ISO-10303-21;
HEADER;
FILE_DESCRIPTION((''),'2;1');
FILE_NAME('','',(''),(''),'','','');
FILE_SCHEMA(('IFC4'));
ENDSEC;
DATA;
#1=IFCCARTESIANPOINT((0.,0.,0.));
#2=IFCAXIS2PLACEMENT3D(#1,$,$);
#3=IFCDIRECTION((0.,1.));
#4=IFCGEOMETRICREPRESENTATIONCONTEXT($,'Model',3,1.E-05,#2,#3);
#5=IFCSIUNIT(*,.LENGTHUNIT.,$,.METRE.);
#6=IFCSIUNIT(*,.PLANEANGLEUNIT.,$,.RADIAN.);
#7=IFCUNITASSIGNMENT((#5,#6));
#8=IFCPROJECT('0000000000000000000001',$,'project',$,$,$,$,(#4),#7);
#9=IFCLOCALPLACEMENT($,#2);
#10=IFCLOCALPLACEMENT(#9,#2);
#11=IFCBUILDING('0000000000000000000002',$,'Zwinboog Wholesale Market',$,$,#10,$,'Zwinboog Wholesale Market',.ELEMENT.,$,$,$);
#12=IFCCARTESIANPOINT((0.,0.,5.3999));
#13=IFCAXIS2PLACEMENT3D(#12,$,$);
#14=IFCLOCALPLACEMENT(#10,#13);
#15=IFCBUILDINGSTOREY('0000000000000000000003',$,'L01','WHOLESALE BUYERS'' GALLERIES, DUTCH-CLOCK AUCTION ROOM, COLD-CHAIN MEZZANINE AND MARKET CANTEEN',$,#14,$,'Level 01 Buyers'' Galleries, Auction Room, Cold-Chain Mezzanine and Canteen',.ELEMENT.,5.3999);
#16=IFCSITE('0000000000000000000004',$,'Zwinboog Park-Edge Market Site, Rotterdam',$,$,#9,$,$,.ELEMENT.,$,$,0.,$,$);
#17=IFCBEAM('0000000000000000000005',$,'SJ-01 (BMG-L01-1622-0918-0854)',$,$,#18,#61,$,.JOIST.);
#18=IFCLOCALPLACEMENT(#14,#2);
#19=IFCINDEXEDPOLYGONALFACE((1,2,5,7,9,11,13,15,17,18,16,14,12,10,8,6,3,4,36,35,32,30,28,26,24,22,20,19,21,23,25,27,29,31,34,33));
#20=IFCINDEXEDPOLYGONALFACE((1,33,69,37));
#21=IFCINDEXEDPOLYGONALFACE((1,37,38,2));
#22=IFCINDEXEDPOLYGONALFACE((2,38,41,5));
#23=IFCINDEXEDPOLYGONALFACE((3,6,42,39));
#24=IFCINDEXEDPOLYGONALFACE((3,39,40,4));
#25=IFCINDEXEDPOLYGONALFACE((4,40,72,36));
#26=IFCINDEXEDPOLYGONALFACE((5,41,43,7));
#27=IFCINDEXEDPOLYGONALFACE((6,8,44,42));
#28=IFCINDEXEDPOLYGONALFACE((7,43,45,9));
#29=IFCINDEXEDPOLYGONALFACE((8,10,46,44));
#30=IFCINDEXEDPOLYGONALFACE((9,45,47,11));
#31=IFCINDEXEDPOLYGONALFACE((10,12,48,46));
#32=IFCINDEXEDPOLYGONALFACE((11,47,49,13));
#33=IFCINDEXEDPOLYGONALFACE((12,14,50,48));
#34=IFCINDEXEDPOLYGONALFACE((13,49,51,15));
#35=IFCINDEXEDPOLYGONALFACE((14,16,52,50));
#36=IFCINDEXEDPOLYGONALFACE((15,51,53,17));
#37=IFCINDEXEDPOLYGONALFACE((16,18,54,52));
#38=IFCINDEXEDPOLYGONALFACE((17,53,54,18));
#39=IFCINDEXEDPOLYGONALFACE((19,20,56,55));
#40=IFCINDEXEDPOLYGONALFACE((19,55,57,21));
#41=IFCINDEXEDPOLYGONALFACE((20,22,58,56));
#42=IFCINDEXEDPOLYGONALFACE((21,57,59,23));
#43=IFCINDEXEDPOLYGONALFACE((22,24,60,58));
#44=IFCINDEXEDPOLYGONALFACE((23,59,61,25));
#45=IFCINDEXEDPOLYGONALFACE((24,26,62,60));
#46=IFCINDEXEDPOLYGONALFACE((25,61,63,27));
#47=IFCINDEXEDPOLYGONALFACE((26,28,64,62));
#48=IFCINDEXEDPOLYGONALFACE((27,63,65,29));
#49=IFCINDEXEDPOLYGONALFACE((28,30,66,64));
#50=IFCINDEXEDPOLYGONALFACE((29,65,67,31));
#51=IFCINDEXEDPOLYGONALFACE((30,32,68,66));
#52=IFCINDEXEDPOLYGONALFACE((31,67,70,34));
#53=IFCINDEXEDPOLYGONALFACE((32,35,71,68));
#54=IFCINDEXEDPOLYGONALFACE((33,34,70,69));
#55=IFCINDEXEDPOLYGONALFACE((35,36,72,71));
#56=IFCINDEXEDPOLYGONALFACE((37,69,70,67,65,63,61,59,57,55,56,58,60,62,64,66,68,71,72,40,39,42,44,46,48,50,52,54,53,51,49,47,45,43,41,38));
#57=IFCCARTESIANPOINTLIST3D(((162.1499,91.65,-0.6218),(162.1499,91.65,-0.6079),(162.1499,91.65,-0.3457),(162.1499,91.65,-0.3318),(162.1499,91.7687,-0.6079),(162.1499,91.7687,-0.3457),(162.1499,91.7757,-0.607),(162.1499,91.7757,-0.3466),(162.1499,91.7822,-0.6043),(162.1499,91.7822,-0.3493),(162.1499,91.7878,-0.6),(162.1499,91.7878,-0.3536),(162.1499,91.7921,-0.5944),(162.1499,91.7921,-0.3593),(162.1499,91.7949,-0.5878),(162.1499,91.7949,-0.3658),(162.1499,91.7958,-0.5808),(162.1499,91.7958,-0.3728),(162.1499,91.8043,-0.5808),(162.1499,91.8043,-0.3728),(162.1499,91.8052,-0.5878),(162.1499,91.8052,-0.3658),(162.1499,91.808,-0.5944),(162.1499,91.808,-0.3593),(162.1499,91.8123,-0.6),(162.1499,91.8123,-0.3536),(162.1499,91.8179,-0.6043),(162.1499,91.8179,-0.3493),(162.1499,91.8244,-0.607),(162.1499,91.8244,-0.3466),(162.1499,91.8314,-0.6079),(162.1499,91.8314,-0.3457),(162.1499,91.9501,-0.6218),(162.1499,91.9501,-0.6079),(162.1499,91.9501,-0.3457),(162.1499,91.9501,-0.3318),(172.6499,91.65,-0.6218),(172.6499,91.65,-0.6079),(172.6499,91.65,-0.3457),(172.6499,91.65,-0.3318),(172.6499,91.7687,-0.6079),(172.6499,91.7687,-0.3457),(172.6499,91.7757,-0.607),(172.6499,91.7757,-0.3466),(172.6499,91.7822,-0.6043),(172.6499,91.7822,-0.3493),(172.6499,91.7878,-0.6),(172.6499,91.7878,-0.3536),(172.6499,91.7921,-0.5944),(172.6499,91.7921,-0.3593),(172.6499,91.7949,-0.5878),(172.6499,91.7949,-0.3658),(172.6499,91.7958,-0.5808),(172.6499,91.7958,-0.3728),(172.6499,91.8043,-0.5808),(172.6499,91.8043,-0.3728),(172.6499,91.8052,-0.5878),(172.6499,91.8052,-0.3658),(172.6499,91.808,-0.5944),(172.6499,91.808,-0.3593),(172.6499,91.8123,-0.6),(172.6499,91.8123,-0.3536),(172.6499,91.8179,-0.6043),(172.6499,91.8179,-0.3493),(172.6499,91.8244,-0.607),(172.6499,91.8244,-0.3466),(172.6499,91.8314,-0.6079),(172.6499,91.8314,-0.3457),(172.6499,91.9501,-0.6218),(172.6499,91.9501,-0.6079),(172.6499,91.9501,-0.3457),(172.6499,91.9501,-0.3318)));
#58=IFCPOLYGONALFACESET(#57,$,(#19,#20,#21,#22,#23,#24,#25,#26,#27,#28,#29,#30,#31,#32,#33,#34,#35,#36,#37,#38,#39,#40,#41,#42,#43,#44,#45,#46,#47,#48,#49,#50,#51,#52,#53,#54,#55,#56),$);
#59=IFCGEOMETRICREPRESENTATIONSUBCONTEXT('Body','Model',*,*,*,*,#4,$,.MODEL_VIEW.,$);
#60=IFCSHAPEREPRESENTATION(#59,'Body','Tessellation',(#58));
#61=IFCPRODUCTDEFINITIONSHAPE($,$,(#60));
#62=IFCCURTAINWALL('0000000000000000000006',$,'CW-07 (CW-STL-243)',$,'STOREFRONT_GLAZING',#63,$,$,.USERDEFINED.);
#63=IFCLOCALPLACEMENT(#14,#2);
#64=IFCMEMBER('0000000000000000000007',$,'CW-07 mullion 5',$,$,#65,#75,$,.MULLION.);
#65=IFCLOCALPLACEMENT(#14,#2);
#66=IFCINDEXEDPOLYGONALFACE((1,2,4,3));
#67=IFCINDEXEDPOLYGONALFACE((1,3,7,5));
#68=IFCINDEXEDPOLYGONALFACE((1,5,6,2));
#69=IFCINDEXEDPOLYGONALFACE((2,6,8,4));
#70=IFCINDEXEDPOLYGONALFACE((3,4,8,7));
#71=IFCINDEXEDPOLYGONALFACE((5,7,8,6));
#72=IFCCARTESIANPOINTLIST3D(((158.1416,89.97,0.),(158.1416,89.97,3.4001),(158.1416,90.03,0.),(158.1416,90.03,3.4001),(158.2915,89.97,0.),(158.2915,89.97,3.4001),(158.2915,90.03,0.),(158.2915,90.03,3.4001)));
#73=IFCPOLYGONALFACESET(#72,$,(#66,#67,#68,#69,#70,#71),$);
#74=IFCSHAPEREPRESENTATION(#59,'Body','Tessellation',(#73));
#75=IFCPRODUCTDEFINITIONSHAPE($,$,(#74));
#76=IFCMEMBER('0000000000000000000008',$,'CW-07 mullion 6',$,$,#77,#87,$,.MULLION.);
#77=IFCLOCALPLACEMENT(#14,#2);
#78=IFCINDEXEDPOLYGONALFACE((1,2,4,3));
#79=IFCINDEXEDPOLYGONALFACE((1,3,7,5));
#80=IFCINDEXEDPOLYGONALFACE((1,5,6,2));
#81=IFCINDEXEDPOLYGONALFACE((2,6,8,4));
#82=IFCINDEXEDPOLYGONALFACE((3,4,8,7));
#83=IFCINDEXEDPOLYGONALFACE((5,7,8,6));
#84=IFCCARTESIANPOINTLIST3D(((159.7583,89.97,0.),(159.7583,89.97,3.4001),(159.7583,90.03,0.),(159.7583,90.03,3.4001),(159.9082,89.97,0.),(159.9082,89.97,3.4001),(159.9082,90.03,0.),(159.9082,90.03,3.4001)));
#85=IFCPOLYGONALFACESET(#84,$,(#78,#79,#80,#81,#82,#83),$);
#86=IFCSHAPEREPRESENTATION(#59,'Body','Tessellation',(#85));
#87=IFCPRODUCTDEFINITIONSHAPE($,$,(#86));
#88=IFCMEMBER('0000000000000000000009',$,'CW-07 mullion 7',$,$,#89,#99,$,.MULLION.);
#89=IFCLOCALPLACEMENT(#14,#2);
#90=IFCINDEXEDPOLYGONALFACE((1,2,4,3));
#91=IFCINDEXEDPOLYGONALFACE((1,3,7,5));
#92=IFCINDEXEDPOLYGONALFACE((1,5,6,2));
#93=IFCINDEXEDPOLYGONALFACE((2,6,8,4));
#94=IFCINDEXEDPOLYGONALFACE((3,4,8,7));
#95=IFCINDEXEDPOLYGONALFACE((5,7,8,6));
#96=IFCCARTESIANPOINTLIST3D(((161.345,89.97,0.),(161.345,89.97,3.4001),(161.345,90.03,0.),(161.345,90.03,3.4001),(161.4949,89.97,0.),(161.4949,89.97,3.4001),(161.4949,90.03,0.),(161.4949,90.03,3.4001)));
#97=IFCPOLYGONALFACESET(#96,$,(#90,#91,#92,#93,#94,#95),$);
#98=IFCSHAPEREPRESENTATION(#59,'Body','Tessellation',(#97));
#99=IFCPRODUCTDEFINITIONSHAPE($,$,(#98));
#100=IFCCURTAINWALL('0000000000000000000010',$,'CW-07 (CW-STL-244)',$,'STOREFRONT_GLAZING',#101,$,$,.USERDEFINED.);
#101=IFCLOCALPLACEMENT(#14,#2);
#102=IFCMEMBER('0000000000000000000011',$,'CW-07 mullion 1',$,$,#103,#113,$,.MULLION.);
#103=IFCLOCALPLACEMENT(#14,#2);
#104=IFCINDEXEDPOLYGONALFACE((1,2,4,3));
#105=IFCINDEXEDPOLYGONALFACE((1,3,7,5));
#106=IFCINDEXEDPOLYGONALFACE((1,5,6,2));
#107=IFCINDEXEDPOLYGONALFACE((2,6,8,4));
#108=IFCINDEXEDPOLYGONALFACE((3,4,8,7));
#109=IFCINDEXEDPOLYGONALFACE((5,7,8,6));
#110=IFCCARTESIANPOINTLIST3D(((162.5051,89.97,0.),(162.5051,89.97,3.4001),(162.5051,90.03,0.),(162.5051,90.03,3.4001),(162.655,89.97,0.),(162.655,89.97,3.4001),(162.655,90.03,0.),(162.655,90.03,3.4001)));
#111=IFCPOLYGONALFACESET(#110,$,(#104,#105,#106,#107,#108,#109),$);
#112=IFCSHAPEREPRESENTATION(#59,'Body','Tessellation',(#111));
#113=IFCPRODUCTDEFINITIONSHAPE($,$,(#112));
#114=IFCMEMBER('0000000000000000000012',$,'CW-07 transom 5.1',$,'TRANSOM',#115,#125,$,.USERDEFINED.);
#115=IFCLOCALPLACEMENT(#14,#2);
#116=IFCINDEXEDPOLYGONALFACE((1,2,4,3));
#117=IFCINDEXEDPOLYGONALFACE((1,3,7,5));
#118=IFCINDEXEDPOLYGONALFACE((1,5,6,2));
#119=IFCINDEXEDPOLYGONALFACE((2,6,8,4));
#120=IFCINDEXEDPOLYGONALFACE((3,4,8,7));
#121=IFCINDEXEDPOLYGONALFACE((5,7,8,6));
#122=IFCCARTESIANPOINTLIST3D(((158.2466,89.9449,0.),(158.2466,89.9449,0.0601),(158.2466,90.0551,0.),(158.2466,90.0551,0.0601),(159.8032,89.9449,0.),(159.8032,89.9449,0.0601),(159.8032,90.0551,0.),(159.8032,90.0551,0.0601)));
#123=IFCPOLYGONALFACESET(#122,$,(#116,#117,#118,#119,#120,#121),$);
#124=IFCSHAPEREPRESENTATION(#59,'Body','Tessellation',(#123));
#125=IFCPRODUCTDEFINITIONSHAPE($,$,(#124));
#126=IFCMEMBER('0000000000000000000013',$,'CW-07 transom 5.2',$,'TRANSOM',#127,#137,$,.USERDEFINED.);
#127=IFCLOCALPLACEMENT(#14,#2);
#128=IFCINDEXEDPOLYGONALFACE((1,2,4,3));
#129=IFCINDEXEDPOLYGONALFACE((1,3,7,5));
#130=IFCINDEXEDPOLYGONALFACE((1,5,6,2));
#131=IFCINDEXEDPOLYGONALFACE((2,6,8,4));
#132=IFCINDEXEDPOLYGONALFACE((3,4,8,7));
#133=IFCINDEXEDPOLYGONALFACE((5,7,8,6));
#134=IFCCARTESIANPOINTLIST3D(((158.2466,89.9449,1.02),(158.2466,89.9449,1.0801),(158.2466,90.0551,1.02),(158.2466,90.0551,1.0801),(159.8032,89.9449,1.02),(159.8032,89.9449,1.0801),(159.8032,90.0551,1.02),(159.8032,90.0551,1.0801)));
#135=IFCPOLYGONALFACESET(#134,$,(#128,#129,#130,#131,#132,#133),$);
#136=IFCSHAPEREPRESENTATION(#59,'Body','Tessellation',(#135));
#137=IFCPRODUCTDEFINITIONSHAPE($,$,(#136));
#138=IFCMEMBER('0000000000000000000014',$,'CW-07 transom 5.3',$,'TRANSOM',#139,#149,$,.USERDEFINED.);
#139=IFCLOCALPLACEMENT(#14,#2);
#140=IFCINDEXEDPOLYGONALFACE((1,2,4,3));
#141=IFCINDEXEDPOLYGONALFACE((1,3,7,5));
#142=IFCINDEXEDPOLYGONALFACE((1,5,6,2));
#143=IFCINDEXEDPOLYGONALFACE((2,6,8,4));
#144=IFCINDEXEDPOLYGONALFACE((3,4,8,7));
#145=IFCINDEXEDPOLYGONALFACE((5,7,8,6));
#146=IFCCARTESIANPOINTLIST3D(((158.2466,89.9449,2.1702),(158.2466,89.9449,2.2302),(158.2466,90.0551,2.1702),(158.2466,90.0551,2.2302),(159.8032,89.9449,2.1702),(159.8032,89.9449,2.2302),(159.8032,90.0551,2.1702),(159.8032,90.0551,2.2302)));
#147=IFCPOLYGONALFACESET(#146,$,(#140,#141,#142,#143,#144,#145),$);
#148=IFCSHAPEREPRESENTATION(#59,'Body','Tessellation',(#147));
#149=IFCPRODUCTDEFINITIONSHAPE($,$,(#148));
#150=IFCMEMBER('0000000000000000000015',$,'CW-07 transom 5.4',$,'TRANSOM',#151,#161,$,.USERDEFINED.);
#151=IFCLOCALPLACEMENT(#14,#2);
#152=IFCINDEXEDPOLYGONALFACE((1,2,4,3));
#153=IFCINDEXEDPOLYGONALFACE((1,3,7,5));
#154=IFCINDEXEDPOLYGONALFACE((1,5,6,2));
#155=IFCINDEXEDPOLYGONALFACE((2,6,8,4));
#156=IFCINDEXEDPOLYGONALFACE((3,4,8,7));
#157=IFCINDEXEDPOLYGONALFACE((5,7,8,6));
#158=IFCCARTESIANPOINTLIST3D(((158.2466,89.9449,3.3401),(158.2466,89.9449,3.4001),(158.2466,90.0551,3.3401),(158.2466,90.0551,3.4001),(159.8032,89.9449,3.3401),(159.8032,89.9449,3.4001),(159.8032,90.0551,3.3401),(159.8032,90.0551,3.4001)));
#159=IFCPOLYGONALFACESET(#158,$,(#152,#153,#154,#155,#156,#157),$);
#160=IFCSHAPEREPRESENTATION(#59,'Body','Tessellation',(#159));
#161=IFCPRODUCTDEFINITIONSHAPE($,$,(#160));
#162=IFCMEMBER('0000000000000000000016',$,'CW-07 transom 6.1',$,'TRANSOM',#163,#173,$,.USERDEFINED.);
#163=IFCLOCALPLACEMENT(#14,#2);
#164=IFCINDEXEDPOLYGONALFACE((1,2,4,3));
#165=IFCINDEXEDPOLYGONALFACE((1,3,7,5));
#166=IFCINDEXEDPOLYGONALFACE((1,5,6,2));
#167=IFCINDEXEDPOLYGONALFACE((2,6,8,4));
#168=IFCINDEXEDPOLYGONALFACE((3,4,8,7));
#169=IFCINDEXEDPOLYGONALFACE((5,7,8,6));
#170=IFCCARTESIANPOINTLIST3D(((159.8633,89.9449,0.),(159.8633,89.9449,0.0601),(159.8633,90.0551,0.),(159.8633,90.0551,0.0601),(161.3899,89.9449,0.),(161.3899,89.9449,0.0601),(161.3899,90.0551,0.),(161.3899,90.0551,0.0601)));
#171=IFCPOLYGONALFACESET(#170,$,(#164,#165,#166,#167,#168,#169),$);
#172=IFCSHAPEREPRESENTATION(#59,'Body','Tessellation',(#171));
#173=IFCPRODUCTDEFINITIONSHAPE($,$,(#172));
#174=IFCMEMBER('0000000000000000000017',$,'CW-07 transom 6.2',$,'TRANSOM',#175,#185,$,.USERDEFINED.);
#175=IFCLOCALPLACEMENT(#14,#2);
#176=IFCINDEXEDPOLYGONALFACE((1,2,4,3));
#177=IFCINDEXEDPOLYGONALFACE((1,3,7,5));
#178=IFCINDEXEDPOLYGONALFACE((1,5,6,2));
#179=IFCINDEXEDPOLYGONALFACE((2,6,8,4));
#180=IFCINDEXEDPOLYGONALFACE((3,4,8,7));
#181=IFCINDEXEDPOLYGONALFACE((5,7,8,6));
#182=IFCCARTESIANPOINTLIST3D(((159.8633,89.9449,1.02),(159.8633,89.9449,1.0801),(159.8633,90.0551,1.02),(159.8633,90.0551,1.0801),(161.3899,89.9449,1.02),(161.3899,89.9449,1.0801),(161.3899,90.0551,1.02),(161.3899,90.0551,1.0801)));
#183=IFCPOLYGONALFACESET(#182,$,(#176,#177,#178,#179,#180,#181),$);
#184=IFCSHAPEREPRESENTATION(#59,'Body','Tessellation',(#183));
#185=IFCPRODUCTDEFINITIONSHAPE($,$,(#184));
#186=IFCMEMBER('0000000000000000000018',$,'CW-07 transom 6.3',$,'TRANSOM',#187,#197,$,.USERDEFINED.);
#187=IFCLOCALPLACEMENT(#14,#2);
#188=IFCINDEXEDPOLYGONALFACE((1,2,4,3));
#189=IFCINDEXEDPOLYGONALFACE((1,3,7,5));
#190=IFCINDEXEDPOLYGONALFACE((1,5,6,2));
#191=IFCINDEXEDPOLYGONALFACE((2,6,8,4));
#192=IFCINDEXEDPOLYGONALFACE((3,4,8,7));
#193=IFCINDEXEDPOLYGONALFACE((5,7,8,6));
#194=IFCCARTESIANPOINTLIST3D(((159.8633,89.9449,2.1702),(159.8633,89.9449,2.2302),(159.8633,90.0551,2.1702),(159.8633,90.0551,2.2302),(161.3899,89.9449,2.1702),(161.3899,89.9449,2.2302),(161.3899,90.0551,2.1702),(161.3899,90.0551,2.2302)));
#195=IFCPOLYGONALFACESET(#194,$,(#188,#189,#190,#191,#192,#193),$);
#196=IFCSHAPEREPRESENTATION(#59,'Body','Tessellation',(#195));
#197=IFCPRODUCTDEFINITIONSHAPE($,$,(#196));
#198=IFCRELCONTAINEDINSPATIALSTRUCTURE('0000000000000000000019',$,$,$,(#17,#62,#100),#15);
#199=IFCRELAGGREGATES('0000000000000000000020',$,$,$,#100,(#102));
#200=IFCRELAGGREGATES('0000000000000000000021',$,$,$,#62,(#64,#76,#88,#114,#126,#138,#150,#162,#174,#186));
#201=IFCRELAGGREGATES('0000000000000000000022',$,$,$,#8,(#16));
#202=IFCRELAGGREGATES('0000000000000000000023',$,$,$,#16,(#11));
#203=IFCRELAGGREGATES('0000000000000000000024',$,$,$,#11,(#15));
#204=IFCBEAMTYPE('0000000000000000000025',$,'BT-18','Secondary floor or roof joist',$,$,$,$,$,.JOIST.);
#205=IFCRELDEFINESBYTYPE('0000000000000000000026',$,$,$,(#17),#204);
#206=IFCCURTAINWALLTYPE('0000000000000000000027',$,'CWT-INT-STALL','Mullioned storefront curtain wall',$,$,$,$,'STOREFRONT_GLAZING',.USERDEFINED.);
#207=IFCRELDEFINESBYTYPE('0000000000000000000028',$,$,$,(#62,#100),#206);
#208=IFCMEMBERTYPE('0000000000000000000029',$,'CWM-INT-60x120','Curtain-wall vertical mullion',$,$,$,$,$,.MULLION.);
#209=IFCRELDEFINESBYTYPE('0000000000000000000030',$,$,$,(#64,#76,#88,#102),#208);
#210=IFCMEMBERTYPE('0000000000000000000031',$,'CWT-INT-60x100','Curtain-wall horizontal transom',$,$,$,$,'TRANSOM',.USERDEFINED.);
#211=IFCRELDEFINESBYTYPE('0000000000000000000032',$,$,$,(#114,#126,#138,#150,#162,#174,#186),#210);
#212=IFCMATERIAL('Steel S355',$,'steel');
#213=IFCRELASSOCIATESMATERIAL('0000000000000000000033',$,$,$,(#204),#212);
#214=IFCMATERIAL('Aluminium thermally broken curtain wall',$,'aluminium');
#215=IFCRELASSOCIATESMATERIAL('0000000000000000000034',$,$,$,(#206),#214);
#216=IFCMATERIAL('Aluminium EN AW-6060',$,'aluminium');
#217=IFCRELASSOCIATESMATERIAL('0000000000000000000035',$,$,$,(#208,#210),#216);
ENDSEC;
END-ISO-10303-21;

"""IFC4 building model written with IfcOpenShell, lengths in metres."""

from ifc_helpers import new_model, si_unit, direction, frame, origin, origin_2d, place, context, subcontext, project, spatial, rectangle, i_section, extrude, material, material_profile, profile_set, type_object, element, aggregate, save


model = new_model("IFC4")

# Units and contexts
model_context = context("Model", 3, precision=1e-05, world=origin(), true_north=direction((0.0, 1.0)))
body_context = subcontext(model_context, "Body", "Model", "MODEL_VIEW")
ifc_project = project(units=[si_unit("LENGTHUNIT", "METRE"), si_unit("PLANEANGLEUNIT", "RADIAN")], contexts=[model_context])

# Site, building, storey
site_placement = place(None, origin())
site = spatial("IfcSite", under=ifc_project, at=site_placement, Name="Zwinboog Park-Edge Market Site, Rotterdam", CompositionType="ELEMENT", RefElevation=0.0)
building_placement = place(site_placement, origin())
building = spatial("IfcBuilding", under=site, at=building_placement, Name="Zwinboog Wholesale Market", LongName="Zwinboog Wholesale Market", CompositionType="ELEMENT")
storey_placement = place(building_placement, frame((0.0, 0.0, 5.3999)))
storey = spatial("IfcBuildingStorey", under=building, at=storey_placement, Name="L01", Description="WHOLESALE BUYERS' GALLERIES, DUTCH-CLOCK AUCTION ROOM, COLD-CHAIN MEZZANINE AND MARKET CANTEEN", LongName="Level 01 Buyers' Galleries, Auction Room, Cold-Chain Mezzanine and Canteen", CompositionType="ELEMENT", Elevation=5.3999)

# Beam
ifc_material_1 = material(Name="Steel S355", Category="steel")
ifc_material_profile_1 = material_profile(ifc_material_1, i_section(OverallWidth=0.3, OverallDepth=0.29, WebThickness=0.0085, FlangeThickness=0.0139, FilletRadius=0.0271, at=origin_2d()), Name="HEA 300")
ifc_profile_set_1 = profile_set([ifc_material_profile_1], Name="Steel S355")
beam_type = type_object("IfcBeamType", Name="BT-18", Description="Secondary floor or roof joist", PredefinedType="JOIST", material=ifc_profile_set_1)
beam_placement = place(storey_placement, frame((162.1499, 91.8, -0.4768), z_axis=(1.0, 0.0, 0.0), x_axis=(0.0, 1.0, 0.0)))
element("IfcBeam", 1, at=beam_placement, inside=storey, type_object=beam_type, Name="SJ-01 (BMG-L01-1622-0918-0854)", PredefinedType="JOIST", context=body_context, shape_type="SweptSolid", body=[
    extrude(i_section(OverallWidth=0.3, OverallDepth=0.29, WebThickness=0.0085, FlangeThickness=0.0139, FilletRadius=0.0271, at=origin_2d()), origin(), (0.0, 0.0, 1.0), 10.5),
])

# Curtain wall, members
ifc_material_2 = material(Name="Aluminium thermally broken curtain wall", Category="aluminium")
curtain_wall_type = type_object("IfcCurtainWallType", Name="CWT-INT-STALL", Description="Mullioned storefront curtain wall", ElementType="STOREFRONT_GLAZING", PredefinedType="USERDEFINED", material=ifc_material_2)
curtain_wall_1_placement = place(storey_placement, origin())
curtain_wall_1 = element("IfcCurtainWall", 2, at=curtain_wall_1_placement, inside=storey, type_object=curtain_wall_type, Name="CW-07 (CW-STL-243)", ObjectType="STOREFRONT_GLAZING", PredefinedType="USERDEFINED")
ifc_material_3 = material(Name="Aluminium EN AW-6060", Category="aluminium")
ifc_material_profile_2 = material_profile(ifc_material_3, rectangle(XDim=0.0601, YDim=0.1499, at=origin_2d()), Name="AL 60x150")
ifc_profile_set_2 = profile_set([ifc_material_profile_2], Name="Aluminium EN AW-6060")
member_type_1 = type_object("IfcMemberType", Name="CWM-INT-60x120", Description="Curtain-wall vertical mullion", PredefinedType="MULLION", material=ifc_profile_set_2)
member_1_placement = place(storey_placement, frame((158.2166, 90.0, 0.0), z_axis=(0.0, 0.0, 1.0), x_axis=(0.0, 1.0, 0.0)))
member_1 = element("IfcMember", 3, at=member_1_placement, type_object=member_type_1, Name="CW-07 mullion 5", PredefinedType="MULLION", context=body_context, shape_type="SweptSolid", body=[
    extrude(rectangle(XDim=0.0601, YDim=0.1499, at=origin_2d()), origin(), (0.0, 0.0, 1.0), 3.4001),
])
member_2_placement = place(storey_placement, frame((159.8333, 90.0, 0.0), z_axis=(0.0, 0.0, 1.0), x_axis=(0.0, 1.0, 0.0)))
member_2 = element("IfcMember", 4, at=member_2_placement, type_object=member_type_1, Name="CW-07 mullion 6", PredefinedType="MULLION", context=body_context, shape_type="SweptSolid", body=[
    extrude(rectangle(XDim=0.0601, YDim=0.1499, at=origin_2d()), origin(), (0.0, 0.0, 1.0), 3.4001),
])
member_3_placement = place(storey_placement, frame((161.4199, 90.0, 0.0), z_axis=(0.0, 0.0, 1.0), x_axis=(0.0, 1.0, 0.0)))
member_3 = element("IfcMember", 5, at=member_3_placement, type_object=member_type_1, Name="CW-07 mullion 7", PredefinedType="MULLION", context=body_context, shape_type="SweptSolid", body=[
    extrude(rectangle(XDim=0.0601, YDim=0.1499, at=origin_2d()), origin(), (0.0, 0.0, 1.0), 3.4001),
])

# Curtain wall, member
curtain_wall_2_placement = place(storey_placement, origin())
curtain_wall_2 = element("IfcCurtainWall", 6, at=curtain_wall_2_placement, inside=storey, type_object=curtain_wall_type, Name="CW-07 (CW-STL-244)", ObjectType="STOREFRONT_GLAZING", PredefinedType="USERDEFINED")
member_4_placement = place(storey_placement, frame((162.5801, 90.0, 0.0), z_axis=(0.0, 0.0, 1.0), x_axis=(0.0, 1.0, 0.0)))
member_4 = element("IfcMember", 7, at=member_4_placement, type_object=member_type_1, Name="CW-07 mullion 1", PredefinedType="MULLION", context=body_context, shape_type="SweptSolid", body=[
    extrude(rectangle(XDim=0.0601, YDim=0.1499, at=origin_2d()), origin(), (0.0, 0.0, 1.0), 3.4001),
])
aggregate(curtain_wall_2, [member_4])

# Members
ifc_material_profile_3 = material_profile(ifc_material_3, rectangle(XDim=0.1101, YDim=0.0601, at=origin_2d()), Name="AL 60x110")
ifc_profile_set_3 = profile_set([ifc_material_profile_3], Name="Aluminium EN AW-6060")
member_type_2 = type_object("IfcMemberType", Name="CWT-INT-60x100", Description="Curtain-wall horizontal transom", ElementType="TRANSOM", PredefinedType="USERDEFINED", material=ifc_profile_set_3)
member_5_placement = place(storey_placement, frame((158.2466, 90.0, 0.03), z_axis=(1.0, 0.0, 0.0), x_axis=(0.0, 1.0, 0.0)))
member_5 = element("IfcMember", 8, at=member_5_placement, type_object=member_type_2, Name="CW-07 transom 5.1", ObjectType="TRANSOM", PredefinedType="USERDEFINED", context=body_context, shape_type="SweptSolid", body=[
    extrude(rectangle(XDim=0.1101, YDim=0.0601, at=origin_2d()), origin(), (0.0, 0.0, 1.0), 1.5566),
])
member_6_placement = place(storey_placement, frame((158.2466, 90.0, 1.05), z_axis=(1.0, 0.0, 0.0), x_axis=(0.0, 1.0, 0.0)))
member_6 = element("IfcMember", 9, at=member_6_placement, type_object=member_type_2, Name="CW-07 transom 5.2", ObjectType="TRANSOM", PredefinedType="USERDEFINED", context=body_context, shape_type="SweptSolid", body=[
    extrude(rectangle(XDim=0.1101, YDim=0.0601, at=origin_2d()), origin(), (0.0, 0.0, 1.0), 1.5566),
])
member_7_placement = place(storey_placement, frame((158.2466, 90.0, 2.2002), z_axis=(1.0, 0.0, 0.0), x_axis=(0.0, 1.0, 0.0)))
member_7 = element("IfcMember", 10, at=member_7_placement, type_object=member_type_2, Name="CW-07 transom 5.3", ObjectType="TRANSOM", PredefinedType="USERDEFINED", context=body_context, shape_type="SweptSolid", body=[
    extrude(rectangle(XDim=0.1101, YDim=0.0601, at=origin_2d()), origin(), (0.0, 0.0, 1.0), 1.5566),
])
member_8_placement = place(storey_placement, frame((158.2466, 90.0, 3.3701), z_axis=(1.0, 0.0, 0.0), x_axis=(0.0, 1.0, 0.0)))
member_8 = element("IfcMember", 11, at=member_8_placement, type_object=member_type_2, Name="CW-07 transom 5.4", ObjectType="TRANSOM", PredefinedType="USERDEFINED", context=body_context, shape_type="SweptSolid", body=[
    extrude(rectangle(XDim=0.1101, YDim=0.0601, at=origin_2d()), origin(), (0.0, 0.0, 1.0), 1.5566),
])
member_9_placement = place(storey_placement, frame((159.8633, 90.0, 0.03), z_axis=(1.0, 0.0, 0.0), x_axis=(0.0, 1.0, 0.0)))
member_9 = element("IfcMember", 12, at=member_9_placement, type_object=member_type_2, Name="CW-07 transom 6.1", ObjectType="TRANSOM", PredefinedType="USERDEFINED", context=body_context, shape_type="SweptSolid", body=[
    extrude(rectangle(XDim=0.1101, YDim=0.0601, at=origin_2d()), origin(), (0.0, 0.0, 1.0), 1.5266),
])
member_10_placement = place(storey_placement, frame((159.8633, 90.0, 1.05), z_axis=(1.0, 0.0, 0.0), x_axis=(0.0, 1.0, 0.0)))
member_10 = element("IfcMember", 13, at=member_10_placement, type_object=member_type_2, Name="CW-07 transom 6.2", ObjectType="TRANSOM", PredefinedType="USERDEFINED", context=body_context, shape_type="SweptSolid", body=[
    extrude(rectangle(XDim=0.1101, YDim=0.0601, at=origin_2d()), origin(), (0.0, 0.0, 1.0), 1.5266),
])
member_11_placement = place(storey_placement, frame((159.8633, 90.0, 2.2002), z_axis=(1.0, 0.0, 0.0), x_axis=(0.0, 1.0, 0.0)))
member_11 = element("IfcMember", 14, at=member_11_placement, type_object=member_type_2, Name="CW-07 transom 6.3", ObjectType="TRANSOM", PredefinedType="USERDEFINED", context=body_context, shape_type="SweptSolid", body=[
    extrude(rectangle(XDim=0.1101, YDim=0.0601, at=origin_2d()), origin(), (0.0, 0.0, 1.0), 1.5266),
])

aggregate(curtain_wall_1, [member_1, member_2, member_3, member_5, member_6, member_7, member_8, member_9, member_10, member_11])

save(model, "model.ifc")
